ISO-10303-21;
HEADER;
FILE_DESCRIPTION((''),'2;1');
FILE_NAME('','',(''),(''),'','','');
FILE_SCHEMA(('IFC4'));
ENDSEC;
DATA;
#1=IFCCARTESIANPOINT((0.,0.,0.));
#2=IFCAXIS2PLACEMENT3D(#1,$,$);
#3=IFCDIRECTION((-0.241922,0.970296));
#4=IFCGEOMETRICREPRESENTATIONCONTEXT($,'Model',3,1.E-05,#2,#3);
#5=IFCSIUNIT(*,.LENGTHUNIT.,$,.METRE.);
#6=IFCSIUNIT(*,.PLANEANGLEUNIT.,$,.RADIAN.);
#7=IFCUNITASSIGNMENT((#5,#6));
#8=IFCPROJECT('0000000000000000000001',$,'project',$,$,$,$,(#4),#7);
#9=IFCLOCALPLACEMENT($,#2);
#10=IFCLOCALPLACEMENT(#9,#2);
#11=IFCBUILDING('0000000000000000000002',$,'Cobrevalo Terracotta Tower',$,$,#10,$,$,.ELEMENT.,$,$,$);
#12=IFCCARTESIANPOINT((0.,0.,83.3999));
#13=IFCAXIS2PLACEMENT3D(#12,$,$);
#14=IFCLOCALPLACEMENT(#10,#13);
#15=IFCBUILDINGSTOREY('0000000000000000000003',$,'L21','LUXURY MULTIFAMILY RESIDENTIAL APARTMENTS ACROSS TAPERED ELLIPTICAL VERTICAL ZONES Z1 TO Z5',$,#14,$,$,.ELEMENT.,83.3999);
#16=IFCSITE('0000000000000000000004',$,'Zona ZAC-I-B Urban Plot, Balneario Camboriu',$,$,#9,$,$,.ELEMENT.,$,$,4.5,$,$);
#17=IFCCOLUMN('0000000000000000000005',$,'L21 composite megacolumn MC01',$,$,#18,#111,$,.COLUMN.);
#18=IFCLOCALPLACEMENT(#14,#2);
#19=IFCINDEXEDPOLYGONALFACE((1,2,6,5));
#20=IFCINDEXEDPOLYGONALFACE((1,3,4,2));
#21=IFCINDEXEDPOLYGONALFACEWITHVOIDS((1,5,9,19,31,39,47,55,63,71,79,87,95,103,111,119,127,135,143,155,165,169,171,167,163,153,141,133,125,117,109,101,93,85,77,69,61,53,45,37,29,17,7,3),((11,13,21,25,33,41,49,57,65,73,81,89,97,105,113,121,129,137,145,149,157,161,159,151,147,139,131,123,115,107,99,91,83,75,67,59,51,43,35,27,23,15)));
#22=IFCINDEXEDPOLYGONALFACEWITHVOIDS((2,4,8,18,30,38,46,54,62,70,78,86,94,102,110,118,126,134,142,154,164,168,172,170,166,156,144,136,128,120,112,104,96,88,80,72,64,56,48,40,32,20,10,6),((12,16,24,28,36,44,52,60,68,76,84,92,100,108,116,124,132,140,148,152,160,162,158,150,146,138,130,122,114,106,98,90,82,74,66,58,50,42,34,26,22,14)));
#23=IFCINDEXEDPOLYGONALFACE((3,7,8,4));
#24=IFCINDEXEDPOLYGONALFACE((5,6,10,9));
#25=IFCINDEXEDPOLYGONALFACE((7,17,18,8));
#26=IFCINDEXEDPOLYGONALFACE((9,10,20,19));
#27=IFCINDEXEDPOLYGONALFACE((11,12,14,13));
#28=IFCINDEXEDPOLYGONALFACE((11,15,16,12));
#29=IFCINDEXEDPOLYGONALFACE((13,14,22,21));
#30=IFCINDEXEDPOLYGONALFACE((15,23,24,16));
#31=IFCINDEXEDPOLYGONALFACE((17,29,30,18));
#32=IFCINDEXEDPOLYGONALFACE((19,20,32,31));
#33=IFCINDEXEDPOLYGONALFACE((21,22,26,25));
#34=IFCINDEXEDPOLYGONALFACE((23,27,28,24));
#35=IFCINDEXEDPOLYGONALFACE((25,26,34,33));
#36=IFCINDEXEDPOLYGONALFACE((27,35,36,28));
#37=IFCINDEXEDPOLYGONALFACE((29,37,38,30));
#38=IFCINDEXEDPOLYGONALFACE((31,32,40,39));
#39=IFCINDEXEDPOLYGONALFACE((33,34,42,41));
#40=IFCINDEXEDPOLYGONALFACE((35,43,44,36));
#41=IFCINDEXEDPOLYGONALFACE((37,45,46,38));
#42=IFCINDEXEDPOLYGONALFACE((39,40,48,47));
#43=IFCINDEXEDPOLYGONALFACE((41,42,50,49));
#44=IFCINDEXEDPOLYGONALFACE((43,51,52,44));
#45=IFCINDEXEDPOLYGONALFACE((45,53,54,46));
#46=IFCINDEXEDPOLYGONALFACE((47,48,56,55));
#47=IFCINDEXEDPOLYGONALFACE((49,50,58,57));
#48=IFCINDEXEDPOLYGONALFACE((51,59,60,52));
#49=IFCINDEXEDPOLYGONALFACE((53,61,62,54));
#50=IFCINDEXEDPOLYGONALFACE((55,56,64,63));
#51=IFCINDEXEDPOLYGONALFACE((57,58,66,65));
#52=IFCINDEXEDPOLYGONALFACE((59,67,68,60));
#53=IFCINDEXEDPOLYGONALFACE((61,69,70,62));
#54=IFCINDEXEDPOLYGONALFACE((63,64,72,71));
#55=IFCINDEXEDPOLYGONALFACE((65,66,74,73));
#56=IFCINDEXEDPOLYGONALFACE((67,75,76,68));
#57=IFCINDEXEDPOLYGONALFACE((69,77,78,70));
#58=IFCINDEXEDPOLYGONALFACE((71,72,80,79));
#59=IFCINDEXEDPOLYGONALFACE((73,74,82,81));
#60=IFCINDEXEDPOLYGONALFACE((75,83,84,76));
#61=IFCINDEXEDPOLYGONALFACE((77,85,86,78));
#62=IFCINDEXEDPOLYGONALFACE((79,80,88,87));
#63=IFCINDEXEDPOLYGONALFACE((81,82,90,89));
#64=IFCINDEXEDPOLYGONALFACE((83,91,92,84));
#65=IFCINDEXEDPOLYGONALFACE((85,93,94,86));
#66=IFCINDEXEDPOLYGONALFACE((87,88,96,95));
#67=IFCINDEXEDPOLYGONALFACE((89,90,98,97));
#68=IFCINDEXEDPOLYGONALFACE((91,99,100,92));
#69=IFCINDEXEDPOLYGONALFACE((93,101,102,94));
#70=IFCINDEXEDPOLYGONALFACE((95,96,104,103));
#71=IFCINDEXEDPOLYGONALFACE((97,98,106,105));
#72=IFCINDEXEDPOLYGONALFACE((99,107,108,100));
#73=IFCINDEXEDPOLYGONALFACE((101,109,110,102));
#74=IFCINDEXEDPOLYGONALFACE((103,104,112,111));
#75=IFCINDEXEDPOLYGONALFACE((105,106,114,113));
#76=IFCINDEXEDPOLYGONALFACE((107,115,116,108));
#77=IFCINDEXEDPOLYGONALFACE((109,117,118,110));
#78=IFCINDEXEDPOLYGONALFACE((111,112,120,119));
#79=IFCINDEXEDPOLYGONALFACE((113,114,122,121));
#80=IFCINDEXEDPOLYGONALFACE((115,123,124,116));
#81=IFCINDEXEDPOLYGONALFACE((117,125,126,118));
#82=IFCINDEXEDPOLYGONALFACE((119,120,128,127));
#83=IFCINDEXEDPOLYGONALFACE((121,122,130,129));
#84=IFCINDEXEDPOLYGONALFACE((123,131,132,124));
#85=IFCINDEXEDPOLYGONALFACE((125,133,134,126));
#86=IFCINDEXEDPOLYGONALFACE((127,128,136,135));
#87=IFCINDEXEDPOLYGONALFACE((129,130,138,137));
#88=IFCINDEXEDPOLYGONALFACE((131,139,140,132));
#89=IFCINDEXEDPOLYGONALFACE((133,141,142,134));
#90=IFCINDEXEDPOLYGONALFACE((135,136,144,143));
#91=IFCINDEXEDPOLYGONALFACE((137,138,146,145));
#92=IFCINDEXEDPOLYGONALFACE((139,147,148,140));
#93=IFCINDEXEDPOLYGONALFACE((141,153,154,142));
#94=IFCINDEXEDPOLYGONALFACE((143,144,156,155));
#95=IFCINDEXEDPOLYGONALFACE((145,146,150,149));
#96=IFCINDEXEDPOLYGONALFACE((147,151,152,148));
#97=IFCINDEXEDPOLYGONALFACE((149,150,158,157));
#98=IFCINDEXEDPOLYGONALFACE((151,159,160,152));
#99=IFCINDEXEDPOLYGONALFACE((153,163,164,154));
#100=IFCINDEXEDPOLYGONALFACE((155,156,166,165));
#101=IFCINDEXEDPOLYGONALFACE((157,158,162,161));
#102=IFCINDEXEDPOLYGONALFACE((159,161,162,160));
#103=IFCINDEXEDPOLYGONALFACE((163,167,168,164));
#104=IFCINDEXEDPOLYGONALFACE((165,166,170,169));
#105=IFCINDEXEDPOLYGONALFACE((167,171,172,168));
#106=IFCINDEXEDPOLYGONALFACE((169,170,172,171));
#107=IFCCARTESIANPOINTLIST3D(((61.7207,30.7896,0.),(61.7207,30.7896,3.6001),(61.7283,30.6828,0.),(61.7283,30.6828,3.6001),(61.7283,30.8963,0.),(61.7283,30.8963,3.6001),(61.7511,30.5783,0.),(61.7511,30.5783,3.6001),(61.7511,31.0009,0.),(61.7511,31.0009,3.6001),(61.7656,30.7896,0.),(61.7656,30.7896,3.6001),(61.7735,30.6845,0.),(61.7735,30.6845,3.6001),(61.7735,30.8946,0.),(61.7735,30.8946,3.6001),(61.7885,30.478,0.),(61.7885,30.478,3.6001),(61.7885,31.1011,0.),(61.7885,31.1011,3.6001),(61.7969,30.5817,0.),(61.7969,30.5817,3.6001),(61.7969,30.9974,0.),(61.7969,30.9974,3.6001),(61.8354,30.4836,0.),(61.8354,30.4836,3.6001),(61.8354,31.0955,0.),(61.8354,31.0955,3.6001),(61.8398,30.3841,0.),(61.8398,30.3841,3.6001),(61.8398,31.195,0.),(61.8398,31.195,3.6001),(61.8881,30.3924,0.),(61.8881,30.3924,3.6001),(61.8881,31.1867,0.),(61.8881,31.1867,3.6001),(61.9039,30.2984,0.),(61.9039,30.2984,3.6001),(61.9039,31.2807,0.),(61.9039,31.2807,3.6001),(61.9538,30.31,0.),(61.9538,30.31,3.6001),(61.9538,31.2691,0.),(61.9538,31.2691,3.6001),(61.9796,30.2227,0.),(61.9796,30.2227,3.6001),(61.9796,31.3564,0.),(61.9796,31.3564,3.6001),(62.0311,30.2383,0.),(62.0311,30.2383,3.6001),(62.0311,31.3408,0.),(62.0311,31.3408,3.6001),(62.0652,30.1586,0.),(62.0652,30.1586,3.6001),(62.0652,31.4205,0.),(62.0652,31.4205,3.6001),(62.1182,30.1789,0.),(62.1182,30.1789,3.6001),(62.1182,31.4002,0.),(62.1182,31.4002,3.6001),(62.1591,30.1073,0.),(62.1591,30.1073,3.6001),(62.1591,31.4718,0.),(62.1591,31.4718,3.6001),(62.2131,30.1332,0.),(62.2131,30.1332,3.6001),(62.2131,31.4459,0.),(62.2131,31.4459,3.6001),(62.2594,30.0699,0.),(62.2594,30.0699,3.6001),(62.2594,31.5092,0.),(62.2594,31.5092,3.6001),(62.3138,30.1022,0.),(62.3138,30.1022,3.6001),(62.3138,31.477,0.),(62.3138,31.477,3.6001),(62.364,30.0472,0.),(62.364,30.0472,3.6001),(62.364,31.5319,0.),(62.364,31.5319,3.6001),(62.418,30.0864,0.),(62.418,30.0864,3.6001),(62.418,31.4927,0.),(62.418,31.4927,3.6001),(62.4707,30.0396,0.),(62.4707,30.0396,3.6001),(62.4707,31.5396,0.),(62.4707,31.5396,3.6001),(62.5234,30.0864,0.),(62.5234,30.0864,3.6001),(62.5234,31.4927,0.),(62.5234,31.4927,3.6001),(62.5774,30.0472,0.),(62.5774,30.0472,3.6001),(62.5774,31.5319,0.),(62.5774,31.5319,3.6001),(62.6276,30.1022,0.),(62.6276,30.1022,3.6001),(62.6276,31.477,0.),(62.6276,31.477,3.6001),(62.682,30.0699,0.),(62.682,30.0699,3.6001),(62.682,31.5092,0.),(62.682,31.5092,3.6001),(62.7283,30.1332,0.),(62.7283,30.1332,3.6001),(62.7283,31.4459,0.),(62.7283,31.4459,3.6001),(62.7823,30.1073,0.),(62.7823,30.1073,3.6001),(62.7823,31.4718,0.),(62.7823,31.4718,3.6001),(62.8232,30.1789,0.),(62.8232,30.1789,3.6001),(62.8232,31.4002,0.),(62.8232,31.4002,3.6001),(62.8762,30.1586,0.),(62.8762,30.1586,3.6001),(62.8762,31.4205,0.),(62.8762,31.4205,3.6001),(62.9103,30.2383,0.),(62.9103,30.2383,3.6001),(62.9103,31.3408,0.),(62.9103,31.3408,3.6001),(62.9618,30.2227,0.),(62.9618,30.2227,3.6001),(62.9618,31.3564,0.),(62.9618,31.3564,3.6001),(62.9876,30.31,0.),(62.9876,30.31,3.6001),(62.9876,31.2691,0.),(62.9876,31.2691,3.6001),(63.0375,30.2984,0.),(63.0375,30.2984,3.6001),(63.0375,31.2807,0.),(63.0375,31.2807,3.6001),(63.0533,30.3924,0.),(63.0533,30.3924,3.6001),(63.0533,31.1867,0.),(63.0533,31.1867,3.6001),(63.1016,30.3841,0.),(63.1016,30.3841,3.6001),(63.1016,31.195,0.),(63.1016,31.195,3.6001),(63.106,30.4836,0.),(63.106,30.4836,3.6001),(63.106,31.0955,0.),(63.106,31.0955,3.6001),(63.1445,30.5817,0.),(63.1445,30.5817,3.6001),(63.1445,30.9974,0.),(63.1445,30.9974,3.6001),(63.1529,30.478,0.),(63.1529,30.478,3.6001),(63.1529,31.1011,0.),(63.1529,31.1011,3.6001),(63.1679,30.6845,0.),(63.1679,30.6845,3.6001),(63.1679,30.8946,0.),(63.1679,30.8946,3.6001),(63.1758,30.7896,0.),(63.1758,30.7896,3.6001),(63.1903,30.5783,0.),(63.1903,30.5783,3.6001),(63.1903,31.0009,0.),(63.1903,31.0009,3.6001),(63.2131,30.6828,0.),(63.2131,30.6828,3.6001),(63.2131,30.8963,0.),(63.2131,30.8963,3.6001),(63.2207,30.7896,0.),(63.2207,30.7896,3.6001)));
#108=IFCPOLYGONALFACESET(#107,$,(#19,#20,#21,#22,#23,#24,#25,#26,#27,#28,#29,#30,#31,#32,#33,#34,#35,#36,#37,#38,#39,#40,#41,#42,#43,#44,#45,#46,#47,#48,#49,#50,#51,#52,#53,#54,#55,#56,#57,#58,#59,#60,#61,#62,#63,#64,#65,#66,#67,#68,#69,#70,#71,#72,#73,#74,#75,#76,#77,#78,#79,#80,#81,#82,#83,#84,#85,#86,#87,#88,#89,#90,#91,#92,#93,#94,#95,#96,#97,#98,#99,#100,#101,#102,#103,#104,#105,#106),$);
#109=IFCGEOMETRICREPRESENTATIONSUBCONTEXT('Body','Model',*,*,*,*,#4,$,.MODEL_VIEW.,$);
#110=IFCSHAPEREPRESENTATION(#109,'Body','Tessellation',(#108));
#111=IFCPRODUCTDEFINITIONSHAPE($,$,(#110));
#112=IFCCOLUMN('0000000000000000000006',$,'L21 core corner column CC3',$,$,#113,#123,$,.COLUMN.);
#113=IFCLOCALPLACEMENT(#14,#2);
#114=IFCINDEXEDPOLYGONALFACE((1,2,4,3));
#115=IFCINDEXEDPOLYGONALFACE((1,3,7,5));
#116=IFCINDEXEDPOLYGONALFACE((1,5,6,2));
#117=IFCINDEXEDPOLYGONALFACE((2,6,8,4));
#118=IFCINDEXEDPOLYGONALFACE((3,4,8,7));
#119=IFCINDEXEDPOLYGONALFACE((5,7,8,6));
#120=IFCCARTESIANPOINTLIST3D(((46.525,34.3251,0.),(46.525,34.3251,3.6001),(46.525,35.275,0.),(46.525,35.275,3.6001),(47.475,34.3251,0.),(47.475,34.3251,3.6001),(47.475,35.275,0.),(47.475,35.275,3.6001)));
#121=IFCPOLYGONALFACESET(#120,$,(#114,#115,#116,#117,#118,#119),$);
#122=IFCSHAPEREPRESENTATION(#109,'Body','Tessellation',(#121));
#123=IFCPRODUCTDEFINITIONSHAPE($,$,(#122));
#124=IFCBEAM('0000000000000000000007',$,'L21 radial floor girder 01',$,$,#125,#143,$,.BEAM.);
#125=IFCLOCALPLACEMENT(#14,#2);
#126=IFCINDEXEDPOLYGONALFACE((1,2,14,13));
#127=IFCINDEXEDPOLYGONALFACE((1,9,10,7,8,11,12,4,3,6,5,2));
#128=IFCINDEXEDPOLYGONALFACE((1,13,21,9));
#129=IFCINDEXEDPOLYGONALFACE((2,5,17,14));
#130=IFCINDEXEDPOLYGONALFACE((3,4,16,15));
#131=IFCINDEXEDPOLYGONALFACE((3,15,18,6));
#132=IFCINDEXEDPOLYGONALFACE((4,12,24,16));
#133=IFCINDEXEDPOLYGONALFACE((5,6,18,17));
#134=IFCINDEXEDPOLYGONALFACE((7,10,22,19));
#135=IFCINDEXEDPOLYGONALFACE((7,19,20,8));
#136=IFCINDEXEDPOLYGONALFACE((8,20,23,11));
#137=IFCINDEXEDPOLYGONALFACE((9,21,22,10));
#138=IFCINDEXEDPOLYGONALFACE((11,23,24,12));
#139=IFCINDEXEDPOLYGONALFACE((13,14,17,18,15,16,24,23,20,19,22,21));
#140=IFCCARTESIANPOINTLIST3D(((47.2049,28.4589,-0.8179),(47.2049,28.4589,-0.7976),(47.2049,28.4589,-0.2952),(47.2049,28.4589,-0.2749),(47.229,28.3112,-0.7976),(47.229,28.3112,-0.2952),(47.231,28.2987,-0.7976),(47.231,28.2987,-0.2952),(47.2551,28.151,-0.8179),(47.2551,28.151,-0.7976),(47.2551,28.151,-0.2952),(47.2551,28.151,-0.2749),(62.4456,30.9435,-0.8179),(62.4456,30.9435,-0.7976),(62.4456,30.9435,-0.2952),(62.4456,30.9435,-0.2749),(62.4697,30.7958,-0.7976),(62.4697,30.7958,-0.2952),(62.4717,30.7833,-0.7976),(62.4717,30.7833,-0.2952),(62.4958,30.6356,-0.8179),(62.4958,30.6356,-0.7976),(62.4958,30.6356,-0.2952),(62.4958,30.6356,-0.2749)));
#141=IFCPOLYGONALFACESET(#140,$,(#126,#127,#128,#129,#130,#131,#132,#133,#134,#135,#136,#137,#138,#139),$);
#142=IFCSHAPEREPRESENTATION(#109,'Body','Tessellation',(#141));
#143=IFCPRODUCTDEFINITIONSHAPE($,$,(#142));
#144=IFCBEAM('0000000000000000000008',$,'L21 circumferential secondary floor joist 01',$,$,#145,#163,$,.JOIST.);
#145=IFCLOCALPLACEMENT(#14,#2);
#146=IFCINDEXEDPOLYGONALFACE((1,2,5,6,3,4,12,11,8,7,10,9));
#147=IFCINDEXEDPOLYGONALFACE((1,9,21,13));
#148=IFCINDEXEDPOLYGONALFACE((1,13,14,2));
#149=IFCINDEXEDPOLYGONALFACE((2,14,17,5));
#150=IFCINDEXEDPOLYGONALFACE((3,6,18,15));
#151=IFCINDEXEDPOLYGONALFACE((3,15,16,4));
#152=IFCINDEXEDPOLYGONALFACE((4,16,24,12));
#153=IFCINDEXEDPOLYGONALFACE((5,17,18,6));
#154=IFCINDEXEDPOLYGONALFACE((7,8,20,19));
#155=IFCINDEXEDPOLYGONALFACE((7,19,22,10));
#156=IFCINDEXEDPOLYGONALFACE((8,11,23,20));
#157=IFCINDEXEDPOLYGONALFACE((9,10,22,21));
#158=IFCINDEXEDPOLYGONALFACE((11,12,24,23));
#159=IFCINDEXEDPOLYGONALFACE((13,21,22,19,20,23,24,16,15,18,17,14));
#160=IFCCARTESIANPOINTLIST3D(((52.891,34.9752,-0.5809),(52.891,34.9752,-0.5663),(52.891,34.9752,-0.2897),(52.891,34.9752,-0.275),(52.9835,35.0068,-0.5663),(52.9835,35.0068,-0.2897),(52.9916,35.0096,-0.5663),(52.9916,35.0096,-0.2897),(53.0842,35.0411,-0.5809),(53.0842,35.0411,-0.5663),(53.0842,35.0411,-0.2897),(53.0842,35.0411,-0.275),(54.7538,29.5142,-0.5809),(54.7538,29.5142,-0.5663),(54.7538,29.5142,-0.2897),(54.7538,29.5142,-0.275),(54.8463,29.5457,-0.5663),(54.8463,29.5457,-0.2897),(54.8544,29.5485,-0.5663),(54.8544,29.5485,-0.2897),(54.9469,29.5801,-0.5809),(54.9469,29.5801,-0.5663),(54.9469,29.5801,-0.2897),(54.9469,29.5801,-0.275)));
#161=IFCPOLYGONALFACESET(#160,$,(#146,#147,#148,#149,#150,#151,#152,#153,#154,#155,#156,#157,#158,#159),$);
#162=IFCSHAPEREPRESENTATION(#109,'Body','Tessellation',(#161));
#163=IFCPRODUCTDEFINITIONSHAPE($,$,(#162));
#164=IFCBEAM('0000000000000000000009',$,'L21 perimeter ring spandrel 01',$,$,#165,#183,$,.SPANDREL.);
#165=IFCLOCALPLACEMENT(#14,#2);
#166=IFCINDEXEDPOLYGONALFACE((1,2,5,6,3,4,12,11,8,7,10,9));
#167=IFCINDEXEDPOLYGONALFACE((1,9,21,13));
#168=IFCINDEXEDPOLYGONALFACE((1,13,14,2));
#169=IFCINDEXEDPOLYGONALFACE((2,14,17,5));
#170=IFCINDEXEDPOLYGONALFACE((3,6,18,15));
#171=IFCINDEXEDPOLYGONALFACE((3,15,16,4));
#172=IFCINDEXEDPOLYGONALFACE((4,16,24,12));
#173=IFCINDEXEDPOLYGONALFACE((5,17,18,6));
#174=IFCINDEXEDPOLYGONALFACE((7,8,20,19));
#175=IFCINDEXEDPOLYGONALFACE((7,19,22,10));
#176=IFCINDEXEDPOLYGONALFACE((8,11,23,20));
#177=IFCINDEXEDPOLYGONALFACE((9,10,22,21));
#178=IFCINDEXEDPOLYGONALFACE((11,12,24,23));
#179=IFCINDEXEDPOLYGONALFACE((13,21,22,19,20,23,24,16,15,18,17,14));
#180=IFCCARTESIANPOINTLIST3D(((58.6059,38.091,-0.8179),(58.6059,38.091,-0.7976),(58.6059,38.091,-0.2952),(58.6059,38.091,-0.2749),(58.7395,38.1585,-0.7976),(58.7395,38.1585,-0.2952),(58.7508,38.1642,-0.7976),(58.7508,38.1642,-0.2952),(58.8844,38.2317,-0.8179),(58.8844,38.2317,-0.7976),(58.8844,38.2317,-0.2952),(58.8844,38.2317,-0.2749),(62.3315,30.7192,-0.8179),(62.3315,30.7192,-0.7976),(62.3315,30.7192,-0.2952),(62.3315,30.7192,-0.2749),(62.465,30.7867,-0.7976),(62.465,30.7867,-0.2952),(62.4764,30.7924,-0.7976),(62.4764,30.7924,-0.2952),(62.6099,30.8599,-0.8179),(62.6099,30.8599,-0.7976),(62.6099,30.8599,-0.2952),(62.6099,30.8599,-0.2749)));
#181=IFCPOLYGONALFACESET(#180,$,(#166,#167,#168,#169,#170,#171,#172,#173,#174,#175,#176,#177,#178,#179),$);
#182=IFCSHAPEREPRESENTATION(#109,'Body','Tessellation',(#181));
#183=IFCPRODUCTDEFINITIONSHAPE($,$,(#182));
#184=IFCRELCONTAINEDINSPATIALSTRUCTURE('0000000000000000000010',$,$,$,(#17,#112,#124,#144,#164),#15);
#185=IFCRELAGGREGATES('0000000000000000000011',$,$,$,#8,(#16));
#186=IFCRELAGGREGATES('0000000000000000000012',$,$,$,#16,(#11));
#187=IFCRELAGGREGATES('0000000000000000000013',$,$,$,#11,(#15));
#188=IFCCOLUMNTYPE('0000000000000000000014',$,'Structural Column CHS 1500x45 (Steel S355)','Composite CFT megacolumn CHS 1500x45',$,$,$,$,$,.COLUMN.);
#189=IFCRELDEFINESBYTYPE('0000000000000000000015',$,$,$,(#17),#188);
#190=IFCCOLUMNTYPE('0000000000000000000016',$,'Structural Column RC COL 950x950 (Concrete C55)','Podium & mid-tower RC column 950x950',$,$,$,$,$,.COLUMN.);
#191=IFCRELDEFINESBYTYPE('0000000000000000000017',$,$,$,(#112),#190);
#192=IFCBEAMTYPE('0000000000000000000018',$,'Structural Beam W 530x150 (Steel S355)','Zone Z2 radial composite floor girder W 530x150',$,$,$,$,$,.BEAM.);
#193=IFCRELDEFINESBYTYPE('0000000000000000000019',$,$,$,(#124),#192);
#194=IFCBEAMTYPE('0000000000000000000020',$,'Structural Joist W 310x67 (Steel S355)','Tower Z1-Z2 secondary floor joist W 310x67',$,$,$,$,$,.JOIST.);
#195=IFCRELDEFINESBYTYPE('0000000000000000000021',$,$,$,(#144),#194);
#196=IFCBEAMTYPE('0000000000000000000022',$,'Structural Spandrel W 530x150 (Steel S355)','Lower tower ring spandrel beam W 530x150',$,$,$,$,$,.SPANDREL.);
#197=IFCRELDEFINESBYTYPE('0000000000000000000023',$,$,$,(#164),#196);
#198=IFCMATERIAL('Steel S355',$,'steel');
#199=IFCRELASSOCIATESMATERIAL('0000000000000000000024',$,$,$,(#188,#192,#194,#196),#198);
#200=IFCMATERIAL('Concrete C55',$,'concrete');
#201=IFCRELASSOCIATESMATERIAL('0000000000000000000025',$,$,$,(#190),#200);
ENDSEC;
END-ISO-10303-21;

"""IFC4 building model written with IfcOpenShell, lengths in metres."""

from ifc_helpers import new_model, si_unit, direction, frame, origin, origin_2d, place, context, subcontext, project, spatial, rectangle, hollow_circle, i_section, extrude, material, material_profile, profile_set, type_object, element, save


model = new_model("IFC4")

# Units and contexts
model_context = context("Model", 3, precision=1e-05, world=origin(), true_north=direction((-0.241922, 0.970296)))
body_context = subcontext(model_context, "Body", "Model", "MODEL_VIEW")
ifc_project = project(units=[si_unit("LENGTHUNIT", "METRE"), si_unit("PLANEANGLEUNIT", "RADIAN")], contexts=[model_context])

# Site, building, storey
site_placement = place(None, origin())
site = spatial("IfcSite", under=ifc_project, at=site_placement, Name="Zona ZAC-I-B Urban Plot, Balneario Camboriu", CompositionType="ELEMENT", RefElevation=4.5)
building_placement = place(site_placement, origin())
building = spatial("IfcBuilding", under=site, at=building_placement, Name="Cobrevalo Terracotta Tower", CompositionType="ELEMENT")
storey_placement = place(building_placement, frame((0.0, 0.0, 83.3999)))
storey = spatial("IfcBuildingStorey", under=building, at=storey_placement, Name="L21", Description="LUXURY MULTIFAMILY RESIDENTIAL APARTMENTS ACROSS TAPERED ELLIPTICAL VERTICAL ZONES Z1 TO Z5", CompositionType="ELEMENT", Elevation=83.3999)

# Columns
ifc_material_1 = material(Name="Steel S355", Category="steel")
ifc_material_profile_1 = material_profile(ifc_material_1, hollow_circle(Radius=0.75, WallThickness=0.0449, at=origin_2d()), Name="CHS 1500x45")
ifc_profile_set_1 = profile_set([ifc_material_profile_1], Name="Steel S355")
column_type_1 = type_object("IfcColumnType", Name="Structural Column CHS 1500x45 (Steel S355)", Description="Composite CFT megacolumn CHS 1500x45", PredefinedType="COLUMN", material=ifc_profile_set_1)
column_1_placement = place(storey_placement, frame((62.4707, 30.7896, 0.0), z_axis=(0.0, 0.0, 1.0), x_axis=(1.0, 0.0, 0.0)))
element("IfcColumn", 1, at=column_1_placement, inside=storey, type_object=column_type_1, Name="L21 composite megacolumn MC01", PredefinedType="COLUMN", context=body_context, shape_type="SweptSolid", body=[
    extrude(hollow_circle(Radius=0.75, WallThickness=0.0449, at=origin_2d()), origin(), (0.0, 0.0, 1.0), 3.6001),
])
ifc_material_2 = material(Name="Concrete C55", Category="concrete")
ifc_material_profile_2 = material_profile(ifc_material_2, rectangle(XDim=0.95, YDim=0.95, at=origin_2d()), Name="RC COL 950x950")
ifc_profile_set_2 = profile_set([ifc_material_profile_2], Name="Concrete C55")
column_type_2 = type_object("IfcColumnType", Name="Structural Column RC COL 950x950 (Concrete C55)", Description="Podium & mid-tower RC column 950x950", PredefinedType="COLUMN", material=ifc_profile_set_2)
column_2_placement = place(storey_placement, frame((47.0, 34.8, 0.0), z_axis=(0.0, 0.0, 1.0), x_axis=(1.0, 0.0, 0.0)))
element("IfcColumn", 2, at=column_2_placement, inside=storey, type_object=column_type_2, Name="L21 core corner column CC3", PredefinedType="COLUMN", context=body_context, shape_type="SweptSolid", body=[
    extrude(rectangle(XDim=0.95, YDim=0.95, at=origin_2d()), origin(), (0.0, 0.0, 1.0), 3.6001),
])

# Beams
ifc_material_profile_3 = material_profile(ifc_material_1, i_section(OverallWidth=0.312, OverallDepth=0.543, WebThickness=0.0127, FlangeThickness=0.0203, at=origin_2d()), Name="W 530x150")
ifc_profile_set_3 = profile_set([ifc_material_profile_3], Name="Steel S355")
beam_type_1 = type_object("IfcBeamType", Name="Structural Beam W 530x150 (Steel S355)", Description="Zone Z2 radial composite floor girder W 530x150", PredefinedType="BEAM", material=ifc_profile_set_3)
beam_1_placement = place(storey_placement, frame((62.4707, 30.7896, -0.5464), z_axis=(-0.986971, -0.160901, 0.0), x_axis=(0.160901, -0.986971, 0.0)))
element("IfcBeam", 3, at=beam_1_placement, inside=storey, type_object=beam_type_1, Name="L21 radial floor girder 01", PredefinedType="BEAM", context=body_context, shape_type="SweptSolid", body=[
    extrude(i_section(OverallWidth=0.312, OverallDepth=0.543, WebThickness=0.0127, FlangeThickness=0.0203, at=origin_2d()), origin(), (0.0, 0.0, 1.0), 15.4419),
])
ifc_material_profile_4 = material_profile(ifc_material_1, i_section(OverallWidth=0.2041, OverallDepth=0.3059, WebThickness=0.0085, FlangeThickness=0.0146, at=origin_2d()), Name="W 310x67")
ifc_profile_set_4 = profile_set([ifc_material_profile_4], Name="Steel S355")
beam_type_2 = type_object("IfcBeamType", Name="Structural Joist W 310x67 (Steel S355)", Description="Tower Z1-Z2 secondary floor joist W 310x67", PredefinedType="JOIST", material=ifc_profile_set_4)
beam_2_placement = place(storey_placement, frame((54.8503, 29.5471, -0.428), z_axis=(-0.322833, 0.946456, 0.0), x_axis=(-0.946456, -0.322833, 0.0)))
element("IfcBeam", 4, at=beam_2_placement, inside=storey, type_object=beam_type_2, Name="L21 circumferential secondary floor joist 01", PredefinedType="JOIST", context=body_context, shape_type="SweptSolid", body=[
    extrude(i_section(OverallWidth=0.2041, OverallDepth=0.3059, WebThickness=0.0085, FlangeThickness=0.0146, at=origin_2d()), origin(), (0.0, 0.0, 1.0), 5.77),
])
ifc_material_profile_5 = material_profile(ifc_material_1, i_section(OverallWidth=0.312, OverallDepth=0.543, WebThickness=0.0127, FlangeThickness=0.0203, at=origin_2d()), Name="W 530x150")
ifc_profile_set_5 = profile_set([ifc_material_profile_5], Name="Steel S355")
beam_type_3 = type_object("IfcBeamType", Name="Structural Spandrel W 530x150 (Steel S355)", Description="Lower tower ring spandrel beam W 530x150", PredefinedType="SPANDREL", material=ifc_profile_set_5)
beam_3_placement = place(storey_placement, frame((62.4707, 30.7896, -0.5464), z_axis=(-0.451052, 0.892498, 0.0), x_axis=(-0.892498, -0.451052, 0.0)))
element("IfcBeam", 5, at=beam_3_placement, inside=storey, type_object=beam_type_3, Name="L21 perimeter ring spandrel 01", PredefinedType="SPANDREL", context=body_context, shape_type="SweptSolid", body=[
    extrude(i_section(OverallWidth=0.312, OverallDepth=0.543, WebThickness=0.0127, FlangeThickness=0.0203, at=origin_2d()), origin(), (0.0, 0.0, 1.0), 8.2598),
])

save(model, "model.ifc")
